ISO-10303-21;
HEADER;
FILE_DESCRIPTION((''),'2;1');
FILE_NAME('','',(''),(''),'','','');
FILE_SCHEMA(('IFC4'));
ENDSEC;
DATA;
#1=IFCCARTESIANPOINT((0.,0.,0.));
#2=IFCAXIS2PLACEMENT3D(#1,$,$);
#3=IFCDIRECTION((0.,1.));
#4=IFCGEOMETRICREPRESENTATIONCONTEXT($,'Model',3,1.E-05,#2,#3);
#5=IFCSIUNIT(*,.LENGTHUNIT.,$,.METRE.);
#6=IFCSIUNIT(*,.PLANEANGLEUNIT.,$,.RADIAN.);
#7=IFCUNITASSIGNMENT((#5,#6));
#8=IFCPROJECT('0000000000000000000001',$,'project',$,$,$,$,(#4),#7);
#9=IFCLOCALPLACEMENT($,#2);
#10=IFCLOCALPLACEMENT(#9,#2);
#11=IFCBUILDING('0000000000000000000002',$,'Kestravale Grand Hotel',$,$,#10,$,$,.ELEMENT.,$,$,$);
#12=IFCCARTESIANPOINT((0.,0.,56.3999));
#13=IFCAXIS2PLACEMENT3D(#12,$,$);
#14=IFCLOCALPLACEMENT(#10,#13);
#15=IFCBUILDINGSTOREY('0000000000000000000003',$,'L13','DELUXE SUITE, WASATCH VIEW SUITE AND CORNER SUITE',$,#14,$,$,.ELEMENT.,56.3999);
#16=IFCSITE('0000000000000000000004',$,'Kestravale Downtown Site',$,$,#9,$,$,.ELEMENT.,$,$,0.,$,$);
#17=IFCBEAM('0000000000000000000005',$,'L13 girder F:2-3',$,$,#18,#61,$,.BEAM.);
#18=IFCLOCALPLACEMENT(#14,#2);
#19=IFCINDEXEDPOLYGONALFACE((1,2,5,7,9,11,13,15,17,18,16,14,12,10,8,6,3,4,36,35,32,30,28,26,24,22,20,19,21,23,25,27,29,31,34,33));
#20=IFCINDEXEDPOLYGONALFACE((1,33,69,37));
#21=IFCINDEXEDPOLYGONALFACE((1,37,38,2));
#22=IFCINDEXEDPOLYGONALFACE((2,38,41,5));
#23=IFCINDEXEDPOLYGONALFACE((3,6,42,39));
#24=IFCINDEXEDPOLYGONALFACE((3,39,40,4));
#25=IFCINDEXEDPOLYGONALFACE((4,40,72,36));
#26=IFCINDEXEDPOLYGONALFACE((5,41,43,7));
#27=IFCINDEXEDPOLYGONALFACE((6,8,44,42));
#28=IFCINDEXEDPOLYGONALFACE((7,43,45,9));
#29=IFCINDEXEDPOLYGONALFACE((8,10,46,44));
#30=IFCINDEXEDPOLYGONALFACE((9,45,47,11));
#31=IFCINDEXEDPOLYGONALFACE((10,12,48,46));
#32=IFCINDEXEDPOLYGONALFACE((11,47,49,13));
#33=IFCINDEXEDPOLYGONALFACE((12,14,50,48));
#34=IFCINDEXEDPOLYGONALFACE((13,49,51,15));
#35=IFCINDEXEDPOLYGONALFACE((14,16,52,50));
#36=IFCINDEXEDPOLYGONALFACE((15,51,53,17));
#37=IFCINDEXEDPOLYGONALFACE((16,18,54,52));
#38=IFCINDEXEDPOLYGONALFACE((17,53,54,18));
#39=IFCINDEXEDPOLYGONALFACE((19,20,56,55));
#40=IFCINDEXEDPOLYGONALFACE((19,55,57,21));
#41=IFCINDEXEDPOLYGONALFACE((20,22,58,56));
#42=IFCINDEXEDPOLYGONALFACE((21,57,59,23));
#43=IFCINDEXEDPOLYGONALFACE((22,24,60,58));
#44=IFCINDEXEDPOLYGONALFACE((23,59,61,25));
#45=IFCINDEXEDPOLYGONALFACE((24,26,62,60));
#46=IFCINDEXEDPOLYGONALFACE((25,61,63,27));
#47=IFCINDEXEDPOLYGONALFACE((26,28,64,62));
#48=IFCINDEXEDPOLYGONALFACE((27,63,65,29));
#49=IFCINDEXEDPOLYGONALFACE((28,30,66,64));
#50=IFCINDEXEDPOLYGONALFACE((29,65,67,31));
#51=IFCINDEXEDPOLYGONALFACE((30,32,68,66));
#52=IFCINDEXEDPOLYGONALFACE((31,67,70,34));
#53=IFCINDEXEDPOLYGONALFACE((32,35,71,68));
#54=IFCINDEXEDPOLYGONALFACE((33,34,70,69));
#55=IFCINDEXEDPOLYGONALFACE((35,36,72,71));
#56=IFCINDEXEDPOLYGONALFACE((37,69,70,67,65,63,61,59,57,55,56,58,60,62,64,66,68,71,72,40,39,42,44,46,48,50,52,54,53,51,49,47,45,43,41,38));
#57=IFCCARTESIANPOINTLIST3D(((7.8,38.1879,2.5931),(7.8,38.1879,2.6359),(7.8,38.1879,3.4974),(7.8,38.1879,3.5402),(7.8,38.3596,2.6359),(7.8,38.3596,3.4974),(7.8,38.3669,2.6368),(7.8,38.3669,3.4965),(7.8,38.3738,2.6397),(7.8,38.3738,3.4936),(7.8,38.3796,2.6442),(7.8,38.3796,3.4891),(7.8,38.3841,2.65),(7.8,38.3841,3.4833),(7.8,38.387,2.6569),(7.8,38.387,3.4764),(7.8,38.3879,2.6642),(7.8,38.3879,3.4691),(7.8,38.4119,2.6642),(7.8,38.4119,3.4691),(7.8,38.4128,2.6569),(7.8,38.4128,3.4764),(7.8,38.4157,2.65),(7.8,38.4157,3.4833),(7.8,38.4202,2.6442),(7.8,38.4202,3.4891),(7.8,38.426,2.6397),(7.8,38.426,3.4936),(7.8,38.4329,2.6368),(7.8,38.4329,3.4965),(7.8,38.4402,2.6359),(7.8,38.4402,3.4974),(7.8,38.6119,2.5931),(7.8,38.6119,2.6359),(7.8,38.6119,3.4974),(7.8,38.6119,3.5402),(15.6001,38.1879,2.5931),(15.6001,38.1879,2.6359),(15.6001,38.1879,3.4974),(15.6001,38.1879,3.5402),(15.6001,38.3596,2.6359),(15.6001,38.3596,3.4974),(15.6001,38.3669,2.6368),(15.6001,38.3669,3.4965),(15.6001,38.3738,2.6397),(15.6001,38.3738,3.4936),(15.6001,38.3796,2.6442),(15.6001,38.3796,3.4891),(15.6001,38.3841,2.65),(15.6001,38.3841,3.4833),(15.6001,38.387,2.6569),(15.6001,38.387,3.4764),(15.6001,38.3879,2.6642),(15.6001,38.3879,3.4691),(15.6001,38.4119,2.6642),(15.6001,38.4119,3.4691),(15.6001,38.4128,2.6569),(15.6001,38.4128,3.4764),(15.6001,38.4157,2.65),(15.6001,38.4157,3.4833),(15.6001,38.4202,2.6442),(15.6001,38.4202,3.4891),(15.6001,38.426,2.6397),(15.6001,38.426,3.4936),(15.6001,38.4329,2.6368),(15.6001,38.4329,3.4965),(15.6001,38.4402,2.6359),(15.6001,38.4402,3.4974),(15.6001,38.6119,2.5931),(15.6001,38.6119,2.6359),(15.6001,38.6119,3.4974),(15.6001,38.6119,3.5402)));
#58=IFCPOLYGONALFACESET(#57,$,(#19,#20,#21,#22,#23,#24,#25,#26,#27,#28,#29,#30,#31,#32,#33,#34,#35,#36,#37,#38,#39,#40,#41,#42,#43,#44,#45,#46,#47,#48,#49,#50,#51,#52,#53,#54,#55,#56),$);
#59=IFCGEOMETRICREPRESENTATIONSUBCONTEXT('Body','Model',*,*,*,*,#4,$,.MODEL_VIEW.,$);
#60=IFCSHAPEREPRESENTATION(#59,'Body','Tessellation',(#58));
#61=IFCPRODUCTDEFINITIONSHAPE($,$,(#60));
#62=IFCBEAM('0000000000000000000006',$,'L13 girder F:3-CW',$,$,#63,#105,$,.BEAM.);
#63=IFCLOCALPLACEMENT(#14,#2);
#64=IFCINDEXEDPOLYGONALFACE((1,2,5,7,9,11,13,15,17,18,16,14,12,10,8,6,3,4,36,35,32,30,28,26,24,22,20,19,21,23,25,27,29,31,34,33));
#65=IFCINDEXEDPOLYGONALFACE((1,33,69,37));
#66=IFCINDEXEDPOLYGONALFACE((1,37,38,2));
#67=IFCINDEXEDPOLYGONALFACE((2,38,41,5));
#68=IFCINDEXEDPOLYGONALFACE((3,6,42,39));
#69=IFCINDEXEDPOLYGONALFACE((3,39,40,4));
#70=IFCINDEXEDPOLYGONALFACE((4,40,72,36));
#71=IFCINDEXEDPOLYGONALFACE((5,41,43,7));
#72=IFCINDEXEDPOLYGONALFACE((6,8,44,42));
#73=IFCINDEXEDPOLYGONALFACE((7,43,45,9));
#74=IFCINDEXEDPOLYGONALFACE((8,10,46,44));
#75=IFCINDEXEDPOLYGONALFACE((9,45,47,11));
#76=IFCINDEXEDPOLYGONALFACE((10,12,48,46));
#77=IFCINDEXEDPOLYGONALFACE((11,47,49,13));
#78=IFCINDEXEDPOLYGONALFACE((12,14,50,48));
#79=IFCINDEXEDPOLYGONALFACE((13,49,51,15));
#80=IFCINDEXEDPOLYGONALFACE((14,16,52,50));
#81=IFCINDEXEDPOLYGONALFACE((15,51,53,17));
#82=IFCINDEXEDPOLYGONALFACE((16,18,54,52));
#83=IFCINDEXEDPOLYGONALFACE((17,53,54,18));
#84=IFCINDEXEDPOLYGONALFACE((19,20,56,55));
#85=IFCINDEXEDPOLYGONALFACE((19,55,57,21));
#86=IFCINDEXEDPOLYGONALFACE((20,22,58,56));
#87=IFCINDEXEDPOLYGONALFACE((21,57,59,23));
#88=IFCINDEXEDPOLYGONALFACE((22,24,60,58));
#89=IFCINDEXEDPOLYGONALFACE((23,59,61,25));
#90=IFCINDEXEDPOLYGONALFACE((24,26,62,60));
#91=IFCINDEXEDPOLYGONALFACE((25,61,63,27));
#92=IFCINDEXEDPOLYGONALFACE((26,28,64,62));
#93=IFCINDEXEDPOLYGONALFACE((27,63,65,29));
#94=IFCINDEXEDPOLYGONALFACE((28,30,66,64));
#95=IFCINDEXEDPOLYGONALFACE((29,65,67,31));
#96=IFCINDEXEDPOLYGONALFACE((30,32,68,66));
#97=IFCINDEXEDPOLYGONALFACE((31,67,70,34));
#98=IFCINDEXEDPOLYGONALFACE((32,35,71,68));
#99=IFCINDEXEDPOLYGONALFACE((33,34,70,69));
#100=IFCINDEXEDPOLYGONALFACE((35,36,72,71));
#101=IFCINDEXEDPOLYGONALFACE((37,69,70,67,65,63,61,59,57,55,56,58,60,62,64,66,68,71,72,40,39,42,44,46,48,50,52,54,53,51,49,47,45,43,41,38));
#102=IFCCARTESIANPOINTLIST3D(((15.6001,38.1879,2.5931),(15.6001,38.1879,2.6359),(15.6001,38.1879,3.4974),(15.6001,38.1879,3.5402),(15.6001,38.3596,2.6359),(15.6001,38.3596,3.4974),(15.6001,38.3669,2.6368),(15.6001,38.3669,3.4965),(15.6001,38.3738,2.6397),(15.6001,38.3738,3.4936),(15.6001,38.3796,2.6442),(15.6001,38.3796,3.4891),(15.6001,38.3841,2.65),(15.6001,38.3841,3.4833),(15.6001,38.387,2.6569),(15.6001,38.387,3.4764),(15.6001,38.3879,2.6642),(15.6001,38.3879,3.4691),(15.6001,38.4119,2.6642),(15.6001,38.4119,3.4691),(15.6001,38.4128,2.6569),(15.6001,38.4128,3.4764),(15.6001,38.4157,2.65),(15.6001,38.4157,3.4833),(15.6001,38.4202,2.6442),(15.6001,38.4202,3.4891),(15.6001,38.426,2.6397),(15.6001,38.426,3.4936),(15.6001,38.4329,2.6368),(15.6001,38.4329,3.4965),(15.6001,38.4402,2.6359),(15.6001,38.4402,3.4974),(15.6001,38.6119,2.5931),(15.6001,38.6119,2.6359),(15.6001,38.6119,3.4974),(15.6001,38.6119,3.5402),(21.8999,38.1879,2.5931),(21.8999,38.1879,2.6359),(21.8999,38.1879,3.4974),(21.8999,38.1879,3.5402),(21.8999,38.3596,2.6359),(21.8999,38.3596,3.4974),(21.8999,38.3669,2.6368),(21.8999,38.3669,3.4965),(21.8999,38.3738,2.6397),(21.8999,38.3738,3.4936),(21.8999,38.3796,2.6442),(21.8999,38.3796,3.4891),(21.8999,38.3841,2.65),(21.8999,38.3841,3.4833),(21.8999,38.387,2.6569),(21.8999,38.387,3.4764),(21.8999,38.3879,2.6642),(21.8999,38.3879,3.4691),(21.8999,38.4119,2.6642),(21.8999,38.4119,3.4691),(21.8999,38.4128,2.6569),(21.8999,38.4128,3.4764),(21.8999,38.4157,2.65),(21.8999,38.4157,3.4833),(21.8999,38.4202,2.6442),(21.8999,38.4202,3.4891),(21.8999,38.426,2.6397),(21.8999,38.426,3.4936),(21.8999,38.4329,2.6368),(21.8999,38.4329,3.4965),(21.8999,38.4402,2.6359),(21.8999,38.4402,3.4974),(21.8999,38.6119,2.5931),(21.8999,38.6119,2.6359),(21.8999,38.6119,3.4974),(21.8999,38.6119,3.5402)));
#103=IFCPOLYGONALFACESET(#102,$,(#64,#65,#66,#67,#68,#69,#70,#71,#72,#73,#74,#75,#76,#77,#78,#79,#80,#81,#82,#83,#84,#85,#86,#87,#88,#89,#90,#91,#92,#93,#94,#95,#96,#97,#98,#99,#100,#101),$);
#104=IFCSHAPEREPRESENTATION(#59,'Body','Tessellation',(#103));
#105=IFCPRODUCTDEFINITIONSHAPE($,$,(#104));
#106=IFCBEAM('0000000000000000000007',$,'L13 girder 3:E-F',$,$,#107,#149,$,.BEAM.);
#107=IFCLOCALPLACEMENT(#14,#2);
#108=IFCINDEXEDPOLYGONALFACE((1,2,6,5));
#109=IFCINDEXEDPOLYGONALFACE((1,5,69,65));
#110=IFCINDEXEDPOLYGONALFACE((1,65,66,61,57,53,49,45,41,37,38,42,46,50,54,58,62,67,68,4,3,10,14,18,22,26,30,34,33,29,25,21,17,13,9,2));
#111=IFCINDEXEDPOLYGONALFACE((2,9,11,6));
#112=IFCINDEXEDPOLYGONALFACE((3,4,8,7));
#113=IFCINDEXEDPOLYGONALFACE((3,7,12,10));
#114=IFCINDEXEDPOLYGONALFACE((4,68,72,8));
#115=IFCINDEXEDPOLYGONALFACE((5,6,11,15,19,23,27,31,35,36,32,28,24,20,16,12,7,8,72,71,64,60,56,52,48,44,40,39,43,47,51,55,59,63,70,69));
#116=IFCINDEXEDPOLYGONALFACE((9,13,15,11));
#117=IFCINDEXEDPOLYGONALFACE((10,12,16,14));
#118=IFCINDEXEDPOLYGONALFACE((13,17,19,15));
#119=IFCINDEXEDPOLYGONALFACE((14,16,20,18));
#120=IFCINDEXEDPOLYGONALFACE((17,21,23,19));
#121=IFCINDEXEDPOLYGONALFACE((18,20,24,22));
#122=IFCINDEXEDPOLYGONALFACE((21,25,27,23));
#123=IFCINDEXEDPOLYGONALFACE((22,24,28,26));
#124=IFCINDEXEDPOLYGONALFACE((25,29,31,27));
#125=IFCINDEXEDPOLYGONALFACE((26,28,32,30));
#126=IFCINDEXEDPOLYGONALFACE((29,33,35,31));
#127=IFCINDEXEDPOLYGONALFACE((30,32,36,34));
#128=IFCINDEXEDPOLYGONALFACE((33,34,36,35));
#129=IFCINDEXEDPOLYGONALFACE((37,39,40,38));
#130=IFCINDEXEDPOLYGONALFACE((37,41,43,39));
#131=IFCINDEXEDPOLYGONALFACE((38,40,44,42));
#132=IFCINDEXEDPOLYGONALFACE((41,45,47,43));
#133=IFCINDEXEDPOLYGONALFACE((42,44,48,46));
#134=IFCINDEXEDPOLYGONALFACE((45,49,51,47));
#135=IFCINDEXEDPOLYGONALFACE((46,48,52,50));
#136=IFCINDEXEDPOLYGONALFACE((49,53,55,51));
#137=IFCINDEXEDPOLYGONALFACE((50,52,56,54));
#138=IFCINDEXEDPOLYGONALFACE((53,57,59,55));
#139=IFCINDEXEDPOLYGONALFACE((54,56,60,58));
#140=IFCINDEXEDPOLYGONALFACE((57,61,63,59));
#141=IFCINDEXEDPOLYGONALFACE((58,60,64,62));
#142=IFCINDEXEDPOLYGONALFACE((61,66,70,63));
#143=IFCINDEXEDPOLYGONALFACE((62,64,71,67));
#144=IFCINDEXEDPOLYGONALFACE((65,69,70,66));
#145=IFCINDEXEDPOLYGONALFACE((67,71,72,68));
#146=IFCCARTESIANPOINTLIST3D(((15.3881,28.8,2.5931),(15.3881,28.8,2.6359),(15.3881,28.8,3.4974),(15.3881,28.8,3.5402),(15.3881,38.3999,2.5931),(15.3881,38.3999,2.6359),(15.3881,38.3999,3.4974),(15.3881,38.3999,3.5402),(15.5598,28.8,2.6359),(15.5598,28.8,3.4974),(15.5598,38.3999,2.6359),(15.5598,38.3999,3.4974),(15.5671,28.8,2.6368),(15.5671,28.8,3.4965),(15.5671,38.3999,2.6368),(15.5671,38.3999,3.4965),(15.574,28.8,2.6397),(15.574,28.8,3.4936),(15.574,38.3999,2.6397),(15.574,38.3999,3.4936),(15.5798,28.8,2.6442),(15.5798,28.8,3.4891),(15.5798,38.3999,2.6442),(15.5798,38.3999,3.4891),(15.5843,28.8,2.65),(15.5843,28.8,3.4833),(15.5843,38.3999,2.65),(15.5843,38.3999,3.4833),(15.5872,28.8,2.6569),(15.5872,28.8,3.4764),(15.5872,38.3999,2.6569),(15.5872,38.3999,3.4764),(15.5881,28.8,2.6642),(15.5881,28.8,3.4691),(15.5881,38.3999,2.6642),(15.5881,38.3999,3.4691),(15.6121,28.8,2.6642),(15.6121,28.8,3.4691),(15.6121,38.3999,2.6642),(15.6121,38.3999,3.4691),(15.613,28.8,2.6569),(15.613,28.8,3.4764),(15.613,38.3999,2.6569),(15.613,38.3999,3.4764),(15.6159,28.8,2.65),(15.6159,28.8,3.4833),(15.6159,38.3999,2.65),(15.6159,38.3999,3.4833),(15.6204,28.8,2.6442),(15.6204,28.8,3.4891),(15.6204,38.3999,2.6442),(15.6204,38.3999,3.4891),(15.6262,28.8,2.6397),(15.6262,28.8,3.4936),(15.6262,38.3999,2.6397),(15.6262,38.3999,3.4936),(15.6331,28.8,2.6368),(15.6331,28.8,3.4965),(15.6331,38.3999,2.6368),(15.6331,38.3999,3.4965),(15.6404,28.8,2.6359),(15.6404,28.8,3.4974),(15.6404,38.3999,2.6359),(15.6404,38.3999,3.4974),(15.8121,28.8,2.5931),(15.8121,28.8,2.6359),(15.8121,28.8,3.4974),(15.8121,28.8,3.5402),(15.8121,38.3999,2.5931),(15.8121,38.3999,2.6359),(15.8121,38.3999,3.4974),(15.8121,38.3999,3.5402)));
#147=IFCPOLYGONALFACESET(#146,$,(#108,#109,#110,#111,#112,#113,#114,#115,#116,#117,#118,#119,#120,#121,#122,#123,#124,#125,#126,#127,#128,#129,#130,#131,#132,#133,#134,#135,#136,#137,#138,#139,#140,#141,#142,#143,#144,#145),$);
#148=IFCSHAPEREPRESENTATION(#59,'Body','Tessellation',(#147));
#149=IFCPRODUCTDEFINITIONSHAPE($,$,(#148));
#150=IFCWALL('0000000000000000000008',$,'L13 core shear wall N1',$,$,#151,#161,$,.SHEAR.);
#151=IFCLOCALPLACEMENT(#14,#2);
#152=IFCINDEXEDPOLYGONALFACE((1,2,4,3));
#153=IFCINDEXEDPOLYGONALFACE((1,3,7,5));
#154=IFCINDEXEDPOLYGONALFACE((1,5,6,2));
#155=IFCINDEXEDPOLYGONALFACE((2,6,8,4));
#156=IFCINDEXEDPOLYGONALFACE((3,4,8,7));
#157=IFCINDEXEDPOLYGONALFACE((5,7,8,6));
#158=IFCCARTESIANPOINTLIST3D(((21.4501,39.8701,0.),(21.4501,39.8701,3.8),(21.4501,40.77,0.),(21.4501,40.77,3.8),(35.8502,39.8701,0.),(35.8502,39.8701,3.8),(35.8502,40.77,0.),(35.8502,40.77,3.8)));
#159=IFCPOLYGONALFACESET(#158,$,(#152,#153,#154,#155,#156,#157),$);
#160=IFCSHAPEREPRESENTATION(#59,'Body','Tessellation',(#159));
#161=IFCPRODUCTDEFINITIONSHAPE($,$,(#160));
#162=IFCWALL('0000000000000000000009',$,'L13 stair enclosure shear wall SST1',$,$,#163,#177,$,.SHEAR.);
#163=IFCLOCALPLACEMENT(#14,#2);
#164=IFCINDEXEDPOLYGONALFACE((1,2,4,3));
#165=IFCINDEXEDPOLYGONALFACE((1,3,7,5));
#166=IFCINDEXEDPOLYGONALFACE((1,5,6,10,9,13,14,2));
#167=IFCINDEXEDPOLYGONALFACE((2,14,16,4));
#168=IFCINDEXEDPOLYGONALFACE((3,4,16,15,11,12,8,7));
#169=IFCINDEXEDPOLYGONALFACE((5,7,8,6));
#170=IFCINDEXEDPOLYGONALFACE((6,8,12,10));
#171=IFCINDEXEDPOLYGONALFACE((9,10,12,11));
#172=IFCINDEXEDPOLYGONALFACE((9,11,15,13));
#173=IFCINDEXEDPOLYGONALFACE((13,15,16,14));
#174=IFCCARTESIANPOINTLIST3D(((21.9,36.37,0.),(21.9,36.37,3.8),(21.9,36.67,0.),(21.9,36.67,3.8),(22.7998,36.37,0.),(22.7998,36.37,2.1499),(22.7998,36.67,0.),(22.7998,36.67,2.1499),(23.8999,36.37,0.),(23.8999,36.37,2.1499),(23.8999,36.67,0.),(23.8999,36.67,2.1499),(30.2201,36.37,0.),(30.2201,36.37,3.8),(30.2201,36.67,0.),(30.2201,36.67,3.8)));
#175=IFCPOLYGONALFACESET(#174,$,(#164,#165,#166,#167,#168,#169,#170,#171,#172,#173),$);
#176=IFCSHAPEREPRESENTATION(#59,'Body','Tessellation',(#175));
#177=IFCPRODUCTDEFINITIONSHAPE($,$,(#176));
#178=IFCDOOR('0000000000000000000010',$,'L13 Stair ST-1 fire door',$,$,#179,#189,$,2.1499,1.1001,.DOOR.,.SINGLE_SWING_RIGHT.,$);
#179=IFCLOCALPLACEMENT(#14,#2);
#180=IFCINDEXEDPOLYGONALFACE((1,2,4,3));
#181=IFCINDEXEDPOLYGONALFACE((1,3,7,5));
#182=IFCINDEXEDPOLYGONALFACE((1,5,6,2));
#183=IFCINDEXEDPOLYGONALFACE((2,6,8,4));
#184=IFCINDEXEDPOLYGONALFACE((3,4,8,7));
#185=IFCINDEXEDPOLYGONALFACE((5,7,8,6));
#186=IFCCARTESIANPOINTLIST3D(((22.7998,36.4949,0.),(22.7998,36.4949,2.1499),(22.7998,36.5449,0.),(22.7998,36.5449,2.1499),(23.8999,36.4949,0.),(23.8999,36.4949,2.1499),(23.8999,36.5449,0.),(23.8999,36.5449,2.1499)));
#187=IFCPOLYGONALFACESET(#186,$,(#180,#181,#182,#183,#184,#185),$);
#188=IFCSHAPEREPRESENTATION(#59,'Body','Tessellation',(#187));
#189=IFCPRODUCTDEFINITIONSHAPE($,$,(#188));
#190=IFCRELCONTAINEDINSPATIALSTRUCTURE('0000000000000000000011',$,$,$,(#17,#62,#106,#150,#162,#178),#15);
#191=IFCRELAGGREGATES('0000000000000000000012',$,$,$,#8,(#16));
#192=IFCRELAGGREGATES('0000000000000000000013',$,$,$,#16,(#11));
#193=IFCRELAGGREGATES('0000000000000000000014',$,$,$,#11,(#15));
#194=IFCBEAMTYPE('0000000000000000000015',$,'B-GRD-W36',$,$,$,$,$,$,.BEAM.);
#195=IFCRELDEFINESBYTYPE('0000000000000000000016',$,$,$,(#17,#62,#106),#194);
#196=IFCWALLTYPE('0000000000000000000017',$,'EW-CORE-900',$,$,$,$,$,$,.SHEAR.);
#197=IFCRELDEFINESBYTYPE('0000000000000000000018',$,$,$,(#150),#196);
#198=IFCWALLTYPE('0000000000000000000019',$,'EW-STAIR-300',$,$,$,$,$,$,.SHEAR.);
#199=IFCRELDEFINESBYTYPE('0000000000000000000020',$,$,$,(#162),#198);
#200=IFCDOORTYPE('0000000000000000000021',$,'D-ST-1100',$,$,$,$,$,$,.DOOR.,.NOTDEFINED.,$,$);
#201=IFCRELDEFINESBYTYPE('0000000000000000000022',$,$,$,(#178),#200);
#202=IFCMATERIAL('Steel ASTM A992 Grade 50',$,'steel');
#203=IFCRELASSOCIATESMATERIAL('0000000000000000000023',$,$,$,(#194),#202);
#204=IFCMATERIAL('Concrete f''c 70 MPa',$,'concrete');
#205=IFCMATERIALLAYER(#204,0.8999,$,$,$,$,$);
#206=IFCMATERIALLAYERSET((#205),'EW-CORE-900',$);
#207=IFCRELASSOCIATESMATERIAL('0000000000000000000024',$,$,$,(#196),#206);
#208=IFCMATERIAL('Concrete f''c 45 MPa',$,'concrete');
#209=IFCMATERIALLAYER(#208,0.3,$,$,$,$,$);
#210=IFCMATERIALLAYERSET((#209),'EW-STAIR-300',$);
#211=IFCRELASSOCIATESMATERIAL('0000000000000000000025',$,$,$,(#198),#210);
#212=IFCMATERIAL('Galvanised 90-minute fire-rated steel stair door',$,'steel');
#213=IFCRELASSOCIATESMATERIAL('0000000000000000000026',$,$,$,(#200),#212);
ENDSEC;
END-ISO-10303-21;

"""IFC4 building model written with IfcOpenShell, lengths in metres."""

from ifc_helpers import new_model, si_unit, direction, frame, frame_2d, origin, origin_2d, place, context, subcontext, project, spatial, rectangle, i_section, extrude, material, layer, layer_set, material_profile, profile_set, type_object, element, fill, save


model = new_model("IFC4")

# Units and contexts
model_context = context("Model", 3, precision=1e-05, world=origin(), true_north=direction((0.0, 1.0)))
body_context = subcontext(model_context, "Body", "Model", "MODEL_VIEW")
ifc_project = project(units=[si_unit("LENGTHUNIT", "METRE"), si_unit("PLANEANGLEUNIT", "RADIAN")], contexts=[model_context])

# Site, building, storey
site_placement = place(None, origin())
site = spatial("IfcSite", under=ifc_project, at=site_placement, Name="Kestravale Downtown Site", CompositionType="ELEMENT", RefElevation=0.0)
building_placement = place(site_placement, origin())
building = spatial("IfcBuilding", under=site, at=building_placement, Name="Kestravale Grand Hotel", CompositionType="ELEMENT")
storey_placement = place(building_placement, frame((0.0, 0.0, 56.3999)))
storey = spatial("IfcBuildingStorey", under=building, at=storey_placement, Name="L13", Description="DELUXE SUITE, WASATCH VIEW SUITE AND CORNER SUITE", CompositionType="ELEMENT", Elevation=56.3999)

# Beams
ifc_material_1 = material(Name="Steel ASTM A992 Grade 50", Category="steel")
ifc_material_profile_1 = material_profile(ifc_material_1, i_section(OverallWidth=0.4241, OverallDepth=0.947, WebThickness=0.0239, FlangeThickness=0.0427, FilletRadius=0.0283, at=origin_2d()))
ifc_profile_set_1 = profile_set([ifc_material_profile_1], Name="Steel ASTM A992 Grade 50")
beam_type_1 = type_object("IfcBeamType", Name="B-GRD-W36", PredefinedType="BEAM", material=ifc_profile_set_1)
beam_1_placement = place(storey_placement, frame((7.8, 38.3999, 3.0667), z_axis=(1.0, 0.0, 0.0), x_axis=(0.0, 1.0, 0.0)))
element("IfcBeam", 1, at=beam_1_placement, inside=storey, type_object=beam_type_1, Name="L13 girder F:2-3", PredefinedType="BEAM", context=body_context, shape_type="SweptSolid", body=[
    extrude(i_section(OverallWidth=0.4241, OverallDepth=0.947, WebThickness=0.0239, FlangeThickness=0.0427, FilletRadius=0.0283, at=origin_2d()), origin(), (0.0, 0.0, 1.0), 7.8),
])
beam_2_placement = place(storey_placement, frame((15.6001, 38.3999, 3.0667), z_axis=(1.0, 0.0, 0.0), x_axis=(0.0, 1.0, 0.0)))
element("IfcBeam", 2, at=beam_2_placement, inside=storey, type_object=beam_type_1, Name="L13 girder F:3-CW", PredefinedType="BEAM", context=body_context, shape_type="SweptSolid", body=[
    extrude(i_section(OverallWidth=0.4241, OverallDepth=0.947, WebThickness=0.0239, FlangeThickness=0.0427, FilletRadius=0.0283, at=origin_2d()), origin(), (0.0, 0.0, 1.0), 6.2998),
])
beam_3_placement = place(storey_placement, frame((15.6001, 28.8, 3.0667), z_axis=(0.0, 1.0, 0.0), x_axis=(-1.0, 0.0, 0.0)))
element("IfcBeam", 3, at=beam_3_placement, inside=storey, type_object=beam_type_1, Name="L13 girder 3:E-F", PredefinedType="BEAM", context=body_context, shape_type="SweptSolid", body=[
    extrude(i_section(OverallWidth=0.4241, OverallDepth=0.947, WebThickness=0.0239, FlangeThickness=0.0427, FilletRadius=0.0283, at=origin_2d()), origin(), (0.0, 0.0, 1.0), 9.5999),
])

# Wall
ifc_material_2 = material(Name="Concrete f'c 70 MPa", Category="concrete")
ifc_layer_1 = layer(ifc_material_2, 0.8999)
ifc_layer_set_1 = layer_set([ifc_layer_1], Name="EW-CORE-900")
wall_type_1 = type_object("IfcWallType", Name="EW-CORE-900", PredefinedType="SHEAR", material=ifc_layer_set_1)
wall_1_placement = place(storey_placement, frame((21.45, 40.3201, 0.0), z_axis=(0.0, 0.0, 1.0), x_axis=(1.0, 0.0, 0.0)))
element("IfcWall", 4, at=wall_1_placement, inside=storey, type_object=wall_type_1, Name="L13 core shear wall N1", PredefinedType="SHEAR", context=body_context, shape_type="SweptSolid", body=[
    extrude(rectangle(XDim=14.4001, YDim=0.8999, at=frame_2d((7.2002, 0.0))), origin(), (0.0, 0.0, 1.0), 3.8),
])

# Wall, opening, door
ifc_material_3 = material(Name="Concrete f'c 45 MPa", Category="concrete")
ifc_layer_2 = layer(ifc_material_3, 0.3)
ifc_layer_set_2 = layer_set([ifc_layer_2], Name="EW-STAIR-300")
wall_type_2 = type_object("IfcWallType", Name="EW-STAIR-300", PredefinedType="SHEAR", material=ifc_layer_set_2)
wall_2_placement = place(storey_placement, frame((21.8999, 36.52, 0.0), z_axis=(0.0, 0.0, 1.0), x_axis=(1.0, 0.0, 0.0)))
wall_2 = element("IfcWall", 5, at=wall_2_placement, inside=storey, type_object=wall_type_2, Name="L13 stair enclosure shear wall SST1", PredefinedType="SHEAR", context=body_context, shape_type="SweptSolid", body=[
    extrude(rectangle(XDim=8.3201, YDim=0.3, at=frame_2d((4.1602, 0.0))), origin(), (0.0, 0.0, 1.0), 3.8),
])
opening_1_placement = place(wall_2_placement, frame((0.8999, 0.0, 0.0)))
opening_1 = element("IfcOpeningElement", 6, at=opening_1_placement, cuts=wall_2, PredefinedType="OPENING", context=body_context, shape_type="SweptSolid", body=[
    extrude(rectangle(XDim=1.1001, YDim=2.1499, at=frame_2d((0.55, 1.075))), frame((0.0, 0.1599, 0.0), z_axis=(0.0, -1.0, 0.0), x_axis=(1.0, 0.0, 0.0)), (0.0, 0.0, 1.0), 0.3201),
])
ifc_material_4 = material(Name="Galvanised 90-minute fire-rated steel stair door", Category="steel")
door_type_1 = type_object("IfcDoorType", Name="D-ST-1100", OperationType="NOTDEFINED", PredefinedType="DOOR", material=ifc_material_4)
door_1_placement = place(opening_1_placement, origin())
door_1 = element("IfcDoor", 7, at=door_1_placement, inside=storey, type_object=door_type_1, Name="L13 Stair ST-1 fire door", OperationType="SINGLE_SWING_RIGHT", OverallHeight=2.1499, OverallWidth=1.1001, PredefinedType="DOOR", context=body_context, shape_type="SweptSolid", body=[
    extrude(rectangle(XDim=1.1001, YDim=2.1499, at=frame_2d((0.55, 1.075))), frame((0.0, 0.0249, 0.0), z_axis=(0.0, -1.0, 0.0), x_axis=(1.0, 0.0, 0.0)), (0.0, 0.0, 1.0), 0.05),
])
fill(opening_1, door_1)

save(model, "model.ifc")
